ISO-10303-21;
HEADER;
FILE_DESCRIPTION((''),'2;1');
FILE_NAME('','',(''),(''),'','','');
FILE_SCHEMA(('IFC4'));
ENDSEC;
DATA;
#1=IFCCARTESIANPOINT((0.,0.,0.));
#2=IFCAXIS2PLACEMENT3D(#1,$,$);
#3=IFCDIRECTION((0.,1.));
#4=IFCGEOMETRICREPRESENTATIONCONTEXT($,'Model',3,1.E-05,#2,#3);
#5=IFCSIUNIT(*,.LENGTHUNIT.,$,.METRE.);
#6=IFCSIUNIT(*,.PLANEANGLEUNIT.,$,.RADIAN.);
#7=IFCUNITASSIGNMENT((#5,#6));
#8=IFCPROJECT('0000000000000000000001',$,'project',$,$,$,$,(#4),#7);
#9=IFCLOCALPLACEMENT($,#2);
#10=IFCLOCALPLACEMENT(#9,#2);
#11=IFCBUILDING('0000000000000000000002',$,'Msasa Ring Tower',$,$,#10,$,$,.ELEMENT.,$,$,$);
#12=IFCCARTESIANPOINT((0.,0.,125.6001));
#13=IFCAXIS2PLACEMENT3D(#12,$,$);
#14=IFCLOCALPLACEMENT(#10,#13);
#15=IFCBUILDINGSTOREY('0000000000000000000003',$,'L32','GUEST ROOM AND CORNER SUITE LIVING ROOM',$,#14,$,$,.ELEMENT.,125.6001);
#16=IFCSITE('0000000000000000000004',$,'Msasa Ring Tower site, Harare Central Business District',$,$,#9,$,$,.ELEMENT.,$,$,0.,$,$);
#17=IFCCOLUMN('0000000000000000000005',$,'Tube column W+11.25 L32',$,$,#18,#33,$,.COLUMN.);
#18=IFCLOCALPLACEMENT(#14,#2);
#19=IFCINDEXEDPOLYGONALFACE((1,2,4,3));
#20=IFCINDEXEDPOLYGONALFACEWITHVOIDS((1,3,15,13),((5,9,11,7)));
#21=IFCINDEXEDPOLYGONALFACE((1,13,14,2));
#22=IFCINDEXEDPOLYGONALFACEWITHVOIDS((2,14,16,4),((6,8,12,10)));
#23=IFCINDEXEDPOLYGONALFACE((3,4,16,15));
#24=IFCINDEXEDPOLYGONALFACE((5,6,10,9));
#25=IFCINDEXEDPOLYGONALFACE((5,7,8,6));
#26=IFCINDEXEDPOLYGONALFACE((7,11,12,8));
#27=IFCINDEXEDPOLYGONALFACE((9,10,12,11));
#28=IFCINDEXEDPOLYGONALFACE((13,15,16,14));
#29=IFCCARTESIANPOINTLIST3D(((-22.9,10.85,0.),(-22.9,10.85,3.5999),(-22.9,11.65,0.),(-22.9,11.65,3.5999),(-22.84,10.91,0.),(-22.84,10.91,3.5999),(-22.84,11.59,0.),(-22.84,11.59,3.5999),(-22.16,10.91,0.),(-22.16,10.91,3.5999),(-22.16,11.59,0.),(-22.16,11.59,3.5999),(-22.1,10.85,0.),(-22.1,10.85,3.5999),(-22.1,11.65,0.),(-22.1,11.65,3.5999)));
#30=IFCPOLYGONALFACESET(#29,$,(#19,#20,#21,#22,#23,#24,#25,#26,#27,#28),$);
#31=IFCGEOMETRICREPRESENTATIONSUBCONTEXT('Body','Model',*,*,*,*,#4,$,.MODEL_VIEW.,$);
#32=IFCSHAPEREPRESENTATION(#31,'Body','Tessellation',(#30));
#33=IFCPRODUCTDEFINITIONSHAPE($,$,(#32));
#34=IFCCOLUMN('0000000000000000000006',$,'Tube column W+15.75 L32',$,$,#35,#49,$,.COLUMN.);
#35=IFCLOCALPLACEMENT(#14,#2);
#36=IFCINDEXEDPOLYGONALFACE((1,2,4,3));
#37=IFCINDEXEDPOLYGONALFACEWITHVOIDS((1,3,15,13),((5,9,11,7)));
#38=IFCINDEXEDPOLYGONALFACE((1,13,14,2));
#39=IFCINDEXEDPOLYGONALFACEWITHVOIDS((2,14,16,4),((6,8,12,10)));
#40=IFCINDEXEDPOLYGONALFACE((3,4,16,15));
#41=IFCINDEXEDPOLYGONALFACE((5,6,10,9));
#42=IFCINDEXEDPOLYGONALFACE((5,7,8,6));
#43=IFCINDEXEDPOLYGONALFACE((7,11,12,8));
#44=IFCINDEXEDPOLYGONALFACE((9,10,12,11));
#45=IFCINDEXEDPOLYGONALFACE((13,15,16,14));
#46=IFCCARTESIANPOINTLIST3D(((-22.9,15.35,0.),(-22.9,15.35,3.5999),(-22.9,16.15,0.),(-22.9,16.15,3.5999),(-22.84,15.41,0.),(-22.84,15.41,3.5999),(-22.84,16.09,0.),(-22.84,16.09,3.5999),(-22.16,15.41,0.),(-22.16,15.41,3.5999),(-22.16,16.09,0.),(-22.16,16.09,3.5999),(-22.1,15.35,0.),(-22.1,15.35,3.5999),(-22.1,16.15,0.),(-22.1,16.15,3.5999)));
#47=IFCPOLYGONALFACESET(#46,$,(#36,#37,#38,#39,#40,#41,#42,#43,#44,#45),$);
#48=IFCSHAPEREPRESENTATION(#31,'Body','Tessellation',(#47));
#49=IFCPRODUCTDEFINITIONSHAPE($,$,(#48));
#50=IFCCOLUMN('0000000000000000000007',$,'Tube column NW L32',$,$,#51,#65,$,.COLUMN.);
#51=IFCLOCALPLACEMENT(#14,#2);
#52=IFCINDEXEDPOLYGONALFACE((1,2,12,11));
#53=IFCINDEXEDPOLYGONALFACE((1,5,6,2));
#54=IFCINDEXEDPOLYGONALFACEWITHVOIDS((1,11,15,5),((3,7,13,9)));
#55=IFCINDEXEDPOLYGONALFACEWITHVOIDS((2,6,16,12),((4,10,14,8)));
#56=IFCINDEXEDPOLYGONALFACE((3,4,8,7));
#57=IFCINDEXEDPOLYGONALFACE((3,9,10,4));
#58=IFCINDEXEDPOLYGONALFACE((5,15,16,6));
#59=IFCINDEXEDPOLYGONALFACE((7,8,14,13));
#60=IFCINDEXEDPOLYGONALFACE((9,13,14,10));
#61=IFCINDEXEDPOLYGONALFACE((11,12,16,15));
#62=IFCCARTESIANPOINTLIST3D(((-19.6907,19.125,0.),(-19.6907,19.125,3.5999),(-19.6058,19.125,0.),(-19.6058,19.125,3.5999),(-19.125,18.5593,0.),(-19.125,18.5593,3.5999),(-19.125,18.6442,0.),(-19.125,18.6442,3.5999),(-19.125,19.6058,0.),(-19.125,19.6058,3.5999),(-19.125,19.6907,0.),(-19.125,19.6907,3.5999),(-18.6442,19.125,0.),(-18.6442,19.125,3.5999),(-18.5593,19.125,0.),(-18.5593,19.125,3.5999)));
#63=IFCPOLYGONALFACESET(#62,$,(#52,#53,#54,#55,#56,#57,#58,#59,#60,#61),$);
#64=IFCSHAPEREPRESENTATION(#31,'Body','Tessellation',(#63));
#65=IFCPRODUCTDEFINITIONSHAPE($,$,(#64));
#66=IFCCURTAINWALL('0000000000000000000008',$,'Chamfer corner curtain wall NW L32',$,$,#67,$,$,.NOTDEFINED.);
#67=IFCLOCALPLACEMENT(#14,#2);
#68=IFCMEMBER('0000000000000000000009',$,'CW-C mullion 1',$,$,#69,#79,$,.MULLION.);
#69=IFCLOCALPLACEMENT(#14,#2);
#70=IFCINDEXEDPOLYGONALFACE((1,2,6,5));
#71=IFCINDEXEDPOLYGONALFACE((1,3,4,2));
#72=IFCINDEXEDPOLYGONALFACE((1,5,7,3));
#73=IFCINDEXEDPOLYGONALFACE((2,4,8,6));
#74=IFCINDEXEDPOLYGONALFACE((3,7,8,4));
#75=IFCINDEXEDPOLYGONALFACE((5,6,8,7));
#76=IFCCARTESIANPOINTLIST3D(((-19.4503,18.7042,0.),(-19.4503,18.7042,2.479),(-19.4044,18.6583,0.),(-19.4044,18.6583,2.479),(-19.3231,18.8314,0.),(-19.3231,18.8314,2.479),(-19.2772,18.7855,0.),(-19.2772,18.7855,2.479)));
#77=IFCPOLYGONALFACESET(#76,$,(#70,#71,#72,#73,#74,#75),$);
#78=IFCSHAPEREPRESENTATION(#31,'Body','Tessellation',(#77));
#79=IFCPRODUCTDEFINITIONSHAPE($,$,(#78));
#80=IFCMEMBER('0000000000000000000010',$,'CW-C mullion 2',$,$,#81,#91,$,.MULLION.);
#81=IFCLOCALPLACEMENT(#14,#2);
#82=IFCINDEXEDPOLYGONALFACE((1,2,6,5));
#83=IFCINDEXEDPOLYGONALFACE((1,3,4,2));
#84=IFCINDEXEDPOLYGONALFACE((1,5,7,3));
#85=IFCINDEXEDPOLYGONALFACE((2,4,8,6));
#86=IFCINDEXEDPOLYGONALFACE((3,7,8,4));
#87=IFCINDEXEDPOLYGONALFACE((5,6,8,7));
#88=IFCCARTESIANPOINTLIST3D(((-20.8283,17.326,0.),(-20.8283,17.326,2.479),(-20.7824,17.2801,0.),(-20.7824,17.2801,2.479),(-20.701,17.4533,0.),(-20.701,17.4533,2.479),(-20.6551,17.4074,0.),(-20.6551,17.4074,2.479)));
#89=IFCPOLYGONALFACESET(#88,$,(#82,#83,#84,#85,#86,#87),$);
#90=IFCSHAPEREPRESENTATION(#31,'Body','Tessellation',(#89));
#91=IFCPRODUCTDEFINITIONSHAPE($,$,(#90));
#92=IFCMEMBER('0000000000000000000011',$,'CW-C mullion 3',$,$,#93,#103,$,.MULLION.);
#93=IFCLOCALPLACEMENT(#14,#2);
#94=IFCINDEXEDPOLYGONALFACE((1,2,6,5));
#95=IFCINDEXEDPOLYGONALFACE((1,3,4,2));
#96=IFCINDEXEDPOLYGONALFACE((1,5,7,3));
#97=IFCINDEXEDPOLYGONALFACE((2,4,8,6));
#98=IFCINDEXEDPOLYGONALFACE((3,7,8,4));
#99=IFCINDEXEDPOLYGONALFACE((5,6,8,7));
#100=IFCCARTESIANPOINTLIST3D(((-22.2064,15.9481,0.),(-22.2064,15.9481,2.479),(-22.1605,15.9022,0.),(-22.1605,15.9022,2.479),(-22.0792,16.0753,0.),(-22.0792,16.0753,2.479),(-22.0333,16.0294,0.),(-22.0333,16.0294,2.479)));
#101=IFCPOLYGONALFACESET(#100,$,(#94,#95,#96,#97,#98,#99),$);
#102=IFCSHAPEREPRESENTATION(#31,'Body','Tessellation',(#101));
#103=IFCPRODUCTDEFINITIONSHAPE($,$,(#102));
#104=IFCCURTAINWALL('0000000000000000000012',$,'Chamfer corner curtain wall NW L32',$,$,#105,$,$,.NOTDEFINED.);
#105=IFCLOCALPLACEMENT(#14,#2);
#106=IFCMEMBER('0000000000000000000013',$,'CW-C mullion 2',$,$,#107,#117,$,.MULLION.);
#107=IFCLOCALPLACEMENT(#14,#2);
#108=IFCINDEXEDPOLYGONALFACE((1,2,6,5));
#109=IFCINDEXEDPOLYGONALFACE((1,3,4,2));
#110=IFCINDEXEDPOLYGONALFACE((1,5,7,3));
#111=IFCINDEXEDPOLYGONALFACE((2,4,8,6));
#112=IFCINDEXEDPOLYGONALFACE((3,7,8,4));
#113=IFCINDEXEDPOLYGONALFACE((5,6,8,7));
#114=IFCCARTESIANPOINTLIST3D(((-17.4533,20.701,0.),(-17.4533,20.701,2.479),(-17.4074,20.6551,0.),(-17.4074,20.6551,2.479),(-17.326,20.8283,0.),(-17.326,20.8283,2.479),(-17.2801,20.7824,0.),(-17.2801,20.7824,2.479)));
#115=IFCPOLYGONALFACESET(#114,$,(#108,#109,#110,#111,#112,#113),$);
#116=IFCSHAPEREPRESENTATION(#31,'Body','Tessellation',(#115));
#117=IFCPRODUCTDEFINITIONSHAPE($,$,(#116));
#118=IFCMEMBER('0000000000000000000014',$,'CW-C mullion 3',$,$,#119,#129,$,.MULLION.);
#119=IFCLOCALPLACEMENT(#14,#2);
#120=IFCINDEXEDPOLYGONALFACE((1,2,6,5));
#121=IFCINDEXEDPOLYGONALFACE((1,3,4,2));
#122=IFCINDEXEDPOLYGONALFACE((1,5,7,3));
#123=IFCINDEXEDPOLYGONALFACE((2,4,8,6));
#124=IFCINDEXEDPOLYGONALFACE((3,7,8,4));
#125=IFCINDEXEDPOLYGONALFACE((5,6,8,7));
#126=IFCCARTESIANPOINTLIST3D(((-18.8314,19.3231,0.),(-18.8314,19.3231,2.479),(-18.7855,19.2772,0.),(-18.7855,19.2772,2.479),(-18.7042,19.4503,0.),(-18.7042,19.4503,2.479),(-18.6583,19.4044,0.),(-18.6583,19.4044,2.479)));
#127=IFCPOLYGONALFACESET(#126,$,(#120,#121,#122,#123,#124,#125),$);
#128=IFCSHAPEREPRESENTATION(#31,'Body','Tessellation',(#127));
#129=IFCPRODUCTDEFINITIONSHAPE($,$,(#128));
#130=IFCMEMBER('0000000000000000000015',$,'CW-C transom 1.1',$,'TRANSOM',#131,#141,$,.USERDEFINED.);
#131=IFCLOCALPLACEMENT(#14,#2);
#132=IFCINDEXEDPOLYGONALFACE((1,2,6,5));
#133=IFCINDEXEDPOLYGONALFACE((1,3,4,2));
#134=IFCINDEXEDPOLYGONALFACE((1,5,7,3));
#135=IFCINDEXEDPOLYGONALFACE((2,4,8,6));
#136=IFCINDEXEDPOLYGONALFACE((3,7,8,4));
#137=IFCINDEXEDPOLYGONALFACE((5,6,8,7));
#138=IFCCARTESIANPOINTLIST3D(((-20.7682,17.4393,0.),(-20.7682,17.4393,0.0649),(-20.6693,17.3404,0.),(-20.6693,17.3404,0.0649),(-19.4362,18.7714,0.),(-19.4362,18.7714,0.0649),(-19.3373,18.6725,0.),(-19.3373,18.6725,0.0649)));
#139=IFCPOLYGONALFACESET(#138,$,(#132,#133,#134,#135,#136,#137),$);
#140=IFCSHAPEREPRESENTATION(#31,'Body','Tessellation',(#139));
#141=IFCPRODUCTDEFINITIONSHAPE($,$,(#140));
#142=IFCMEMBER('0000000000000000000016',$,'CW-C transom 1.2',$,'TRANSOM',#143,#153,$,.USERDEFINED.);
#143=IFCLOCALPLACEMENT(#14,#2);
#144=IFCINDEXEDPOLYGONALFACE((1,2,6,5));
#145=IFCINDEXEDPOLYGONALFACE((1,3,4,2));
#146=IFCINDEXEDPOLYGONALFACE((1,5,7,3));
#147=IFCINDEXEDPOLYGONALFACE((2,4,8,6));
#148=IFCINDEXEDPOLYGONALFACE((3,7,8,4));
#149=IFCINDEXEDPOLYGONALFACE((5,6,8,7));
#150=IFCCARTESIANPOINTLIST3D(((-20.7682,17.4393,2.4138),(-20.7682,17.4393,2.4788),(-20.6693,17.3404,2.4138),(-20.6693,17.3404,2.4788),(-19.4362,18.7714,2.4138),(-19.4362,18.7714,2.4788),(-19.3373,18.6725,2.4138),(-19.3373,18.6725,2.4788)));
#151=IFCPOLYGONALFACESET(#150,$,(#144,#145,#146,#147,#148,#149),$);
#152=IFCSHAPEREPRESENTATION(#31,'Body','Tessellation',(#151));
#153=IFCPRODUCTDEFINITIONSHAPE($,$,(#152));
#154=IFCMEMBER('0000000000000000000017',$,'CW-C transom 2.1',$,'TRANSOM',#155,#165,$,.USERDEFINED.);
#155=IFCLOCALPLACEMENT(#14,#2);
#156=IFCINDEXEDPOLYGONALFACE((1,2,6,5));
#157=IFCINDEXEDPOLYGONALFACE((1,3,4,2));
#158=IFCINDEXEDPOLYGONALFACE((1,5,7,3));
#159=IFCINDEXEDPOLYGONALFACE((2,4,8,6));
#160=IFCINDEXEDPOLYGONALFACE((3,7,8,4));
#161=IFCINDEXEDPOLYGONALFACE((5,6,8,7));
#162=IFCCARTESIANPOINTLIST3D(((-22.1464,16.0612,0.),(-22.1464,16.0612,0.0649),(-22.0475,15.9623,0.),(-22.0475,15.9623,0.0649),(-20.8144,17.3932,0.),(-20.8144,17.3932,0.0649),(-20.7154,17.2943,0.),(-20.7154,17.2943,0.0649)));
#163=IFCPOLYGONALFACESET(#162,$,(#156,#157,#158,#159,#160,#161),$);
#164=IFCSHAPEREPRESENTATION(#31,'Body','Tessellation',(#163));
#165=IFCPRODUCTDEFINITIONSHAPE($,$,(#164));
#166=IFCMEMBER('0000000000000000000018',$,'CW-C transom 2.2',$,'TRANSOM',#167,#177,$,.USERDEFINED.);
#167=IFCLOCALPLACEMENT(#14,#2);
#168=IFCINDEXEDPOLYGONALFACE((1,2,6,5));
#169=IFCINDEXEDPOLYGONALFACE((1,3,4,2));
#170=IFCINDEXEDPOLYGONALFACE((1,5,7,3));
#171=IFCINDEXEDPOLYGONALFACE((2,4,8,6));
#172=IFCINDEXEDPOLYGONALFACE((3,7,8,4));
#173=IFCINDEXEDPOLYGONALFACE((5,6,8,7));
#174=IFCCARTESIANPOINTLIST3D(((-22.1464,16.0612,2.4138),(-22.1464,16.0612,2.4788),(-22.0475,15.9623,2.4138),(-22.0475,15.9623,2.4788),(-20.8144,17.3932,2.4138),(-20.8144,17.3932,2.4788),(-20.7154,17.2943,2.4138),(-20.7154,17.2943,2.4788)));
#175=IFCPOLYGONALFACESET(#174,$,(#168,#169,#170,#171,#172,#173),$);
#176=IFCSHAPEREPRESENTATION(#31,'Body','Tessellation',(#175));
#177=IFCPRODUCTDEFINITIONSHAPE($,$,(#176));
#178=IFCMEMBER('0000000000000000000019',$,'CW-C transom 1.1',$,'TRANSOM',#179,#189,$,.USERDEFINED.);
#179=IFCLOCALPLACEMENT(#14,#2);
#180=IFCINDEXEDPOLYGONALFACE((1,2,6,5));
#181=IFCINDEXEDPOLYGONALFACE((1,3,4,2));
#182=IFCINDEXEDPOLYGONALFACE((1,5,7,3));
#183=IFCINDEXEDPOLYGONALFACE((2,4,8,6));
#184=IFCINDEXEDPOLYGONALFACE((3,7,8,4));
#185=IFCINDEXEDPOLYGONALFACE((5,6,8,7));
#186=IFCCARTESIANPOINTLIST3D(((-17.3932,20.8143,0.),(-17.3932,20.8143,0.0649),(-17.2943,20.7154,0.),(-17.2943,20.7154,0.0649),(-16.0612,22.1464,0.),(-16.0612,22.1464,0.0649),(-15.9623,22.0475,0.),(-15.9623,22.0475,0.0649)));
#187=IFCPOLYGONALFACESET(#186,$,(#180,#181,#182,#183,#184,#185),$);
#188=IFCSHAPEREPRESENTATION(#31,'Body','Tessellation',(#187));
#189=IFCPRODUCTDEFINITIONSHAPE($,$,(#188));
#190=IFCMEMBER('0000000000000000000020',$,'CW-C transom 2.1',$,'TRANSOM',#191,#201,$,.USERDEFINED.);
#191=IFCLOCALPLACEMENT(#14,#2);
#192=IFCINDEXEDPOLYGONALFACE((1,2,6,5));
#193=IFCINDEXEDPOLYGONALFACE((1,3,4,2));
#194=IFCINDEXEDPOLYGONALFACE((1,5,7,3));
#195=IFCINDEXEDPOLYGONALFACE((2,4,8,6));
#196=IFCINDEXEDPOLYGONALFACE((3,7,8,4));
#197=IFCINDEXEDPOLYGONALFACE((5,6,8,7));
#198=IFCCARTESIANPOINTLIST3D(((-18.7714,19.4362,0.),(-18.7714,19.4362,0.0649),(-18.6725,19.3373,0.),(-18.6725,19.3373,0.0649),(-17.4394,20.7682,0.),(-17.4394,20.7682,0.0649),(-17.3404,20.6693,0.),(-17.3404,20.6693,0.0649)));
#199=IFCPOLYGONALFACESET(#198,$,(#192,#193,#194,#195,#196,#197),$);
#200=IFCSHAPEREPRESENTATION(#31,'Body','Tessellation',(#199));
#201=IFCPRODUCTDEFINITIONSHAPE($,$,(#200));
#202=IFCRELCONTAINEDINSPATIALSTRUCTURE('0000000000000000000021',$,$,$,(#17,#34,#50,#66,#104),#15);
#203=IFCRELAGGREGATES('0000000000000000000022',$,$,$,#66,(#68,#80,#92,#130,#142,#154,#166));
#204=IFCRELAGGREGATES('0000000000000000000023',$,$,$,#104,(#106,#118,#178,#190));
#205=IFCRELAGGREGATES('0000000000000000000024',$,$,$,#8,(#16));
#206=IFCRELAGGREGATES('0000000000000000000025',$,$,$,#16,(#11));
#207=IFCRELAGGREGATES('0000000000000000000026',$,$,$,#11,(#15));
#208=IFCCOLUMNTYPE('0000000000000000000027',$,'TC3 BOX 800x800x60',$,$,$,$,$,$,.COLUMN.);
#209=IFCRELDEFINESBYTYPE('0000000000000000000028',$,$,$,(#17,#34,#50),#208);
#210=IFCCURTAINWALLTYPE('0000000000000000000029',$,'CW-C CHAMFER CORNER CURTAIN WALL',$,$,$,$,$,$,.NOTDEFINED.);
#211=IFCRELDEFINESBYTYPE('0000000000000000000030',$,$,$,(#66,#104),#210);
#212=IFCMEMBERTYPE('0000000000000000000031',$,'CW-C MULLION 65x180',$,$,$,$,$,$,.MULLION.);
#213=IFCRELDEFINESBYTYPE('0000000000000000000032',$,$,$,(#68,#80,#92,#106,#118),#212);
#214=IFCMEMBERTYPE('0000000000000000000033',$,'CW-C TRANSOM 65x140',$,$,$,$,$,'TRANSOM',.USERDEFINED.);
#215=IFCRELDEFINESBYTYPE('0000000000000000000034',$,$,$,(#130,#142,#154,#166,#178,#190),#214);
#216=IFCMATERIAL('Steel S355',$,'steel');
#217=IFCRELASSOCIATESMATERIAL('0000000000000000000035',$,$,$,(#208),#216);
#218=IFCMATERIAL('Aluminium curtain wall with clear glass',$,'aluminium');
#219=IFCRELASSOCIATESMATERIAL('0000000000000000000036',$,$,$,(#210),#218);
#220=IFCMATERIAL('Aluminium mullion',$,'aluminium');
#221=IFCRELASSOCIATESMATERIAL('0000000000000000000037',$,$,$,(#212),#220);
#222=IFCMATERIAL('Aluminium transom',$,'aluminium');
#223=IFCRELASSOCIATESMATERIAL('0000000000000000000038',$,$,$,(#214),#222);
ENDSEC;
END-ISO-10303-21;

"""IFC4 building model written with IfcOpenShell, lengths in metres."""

from ifc_helpers import new_model, si_unit, direction, frame, origin, origin_2d, place, context, subcontext, project, spatial, rectangle, hollow_rectangle, extrude, material, material_profile, profile_set, type_object, element, aggregate, save


model = new_model("IFC4")

# Units and contexts
model_context = context("Model", 3, precision=1e-05, world=origin(), true_north=direction((0.0, 1.0)))
body_context = subcontext(model_context, "Body", "Model", "MODEL_VIEW")
ifc_project = project(units=[si_unit("LENGTHUNIT", "METRE"), si_unit("PLANEANGLEUNIT", "RADIAN")], contexts=[model_context])

# Site, building, storey
site_placement = place(None, origin())
site = spatial("IfcSite", under=ifc_project, at=site_placement, Name="Msasa Ring Tower site, Harare Central Business District", CompositionType="ELEMENT", RefElevation=0.0)
building_placement = place(site_placement, origin())
building = spatial("IfcBuilding", under=site, at=building_placement, Name="Msasa Ring Tower", CompositionType="ELEMENT")
storey_placement = place(building_placement, frame((0.0, 0.0, 125.6001)))
storey = spatial("IfcBuildingStorey", under=building, at=storey_placement, Name="L32", Description="GUEST ROOM AND CORNER SUITE LIVING ROOM", CompositionType="ELEMENT", Elevation=125.6001)

# Columns
ifc_material_1 = material(Name="Steel S355", Category="steel")
ifc_material_profile_1 = material_profile(ifc_material_1, hollow_rectangle(XDim=0.8, YDim=0.8, WallThickness=0.0601, at=origin_2d()), Name="BOX 800x800x60")
ifc_profile_set_1 = profile_set([ifc_material_profile_1], Name="Steel S355")
column_type = type_object("IfcColumnType", Name="TC3 BOX 800x800x60", PredefinedType="COLUMN", material=ifc_profile_set_1)
for number, where, z_axis, x_axis, name in (
    (1, (-22.5, 11.25, 0.0), (0.0, 0.0, 1.0), (1.0, 0.0, 0.0), "Tube column W+11.25 L32"),
    (2, (-22.5, 15.75, 0.0), (0.0, 0.0, 1.0), (1.0, 0.0, 0.0), "Tube column W+15.75 L32"),
    (3, (-19.125, 19.125, 0.0), (0.0, 0.0, 1.0), (0.707107, -0.707107, 0.0), "Tube column NW L32"),
):
    element("IfcColumn", number, at=place(storey_placement, frame(where, z_axis=z_axis, x_axis=x_axis)), inside=storey, type_object=column_type, Name=name, PredefinedType="COLUMN", context=body_context, shape_type="SweptSolid", body=[
        extrude(hollow_rectangle(XDim=0.8, YDim=0.8, WallThickness=0.0601, at=origin_2d()), origin(), (0.0, 0.0, 1.0), 3.5999),
    ])

# Curtain walls, members
ifc_material_2 = material(Name="Aluminium curtain wall with clear glass", Category="aluminium")
curtain_wall_type = type_object("IfcCurtainWallType", Name="CW-C CHAMFER CORNER CURTAIN WALL", PredefinedType="NOTDEFINED", material=ifc_material_2)
curtain_wall_1_placement = place(storey_placement, origin())
curtain_wall_1 = element("IfcCurtainWall", 4, at=curtain_wall_1_placement, inside=storey, type_object=curtain_wall_type, Name="Chamfer corner curtain wall NW L32", PredefinedType="NOTDEFINED")
ifc_material_3 = material(Name="Aluminium mullion", Category="aluminium")
ifc_material_profile_2 = material_profile(ifc_material_3, rectangle(XDim=0.0649, YDim=0.1799, at=origin_2d()), Name="AL 65x180")
ifc_profile_set_2 = profile_set([ifc_material_profile_2], Name="Aluminium mullion")
member_type_1 = type_object("IfcMemberType", Name="CW-C MULLION 65x180", PredefinedType="MULLION", material=ifc_profile_set_2)
member_1_placement = place(storey_placement, frame((-19.3638, 18.7449, 0.0), z_axis=(0.0, 0.0, 1.0), x_axis=(0.707107, -0.707107, 0.0)))
member_1 = element("IfcMember", 5, at=member_1_placement, type_object=member_type_1, Name="CW-C mullion 1", PredefinedType="MULLION", context=body_context, shape_type="SweptSolid", body=[
    extrude(rectangle(XDim=0.0649, YDim=0.1799, at=origin_2d()), origin(), (0.0, 0.0, 1.0), 2.479),
])
member_2_placement = place(storey_placement, frame((-20.7417, 17.3667, 0.0), z_axis=(0.0, 0.0, 1.0), x_axis=(0.707107, -0.707107, 0.0)))
member_2 = element("IfcMember", 6, at=member_2_placement, type_object=member_type_1, Name="CW-C mullion 2", PredefinedType="MULLION", context=body_context, shape_type="SweptSolid", body=[
    extrude(rectangle(XDim=0.0649, YDim=0.1799, at=origin_2d()), origin(), (0.0, 0.0, 1.0), 2.479),
])
member_3_placement = place(storey_placement, frame((-22.1199, 15.9888, 0.0), z_axis=(0.0, 0.0, 1.0), x_axis=(0.707107, -0.707107, 0.0)))
member_3 = element("IfcMember", 7, at=member_3_placement, type_object=member_type_1, Name="CW-C mullion 3", PredefinedType="MULLION", context=body_context, shape_type="SweptSolid", body=[
    extrude(rectangle(XDim=0.0649, YDim=0.1799, at=origin_2d()), origin(), (0.0, 0.0, 1.0), 2.479),
])
curtain_wall_2_placement = place(storey_placement, origin())
curtain_wall_2 = element("IfcCurtainWall", 8, at=curtain_wall_2_placement, inside=storey, type_object=curtain_wall_type, Name="Chamfer corner curtain wall NW L32", PredefinedType="NOTDEFINED")
member_4_placement = place(storey_placement, frame((-17.3667, 20.7417, 0.0), z_axis=(0.0, 0.0, 1.0), x_axis=(0.707107, -0.707107, 0.0)))
member_4 = element("IfcMember", 9, at=member_4_placement, type_object=member_type_1, Name="CW-C mullion 2", PredefinedType="MULLION", context=body_context, shape_type="SweptSolid", body=[
    extrude(rectangle(XDim=0.0649, YDim=0.1799, at=origin_2d()), origin(), (0.0, 0.0, 1.0), 2.479),
])
member_5_placement = place(storey_placement, frame((-18.7449, 19.3638, 0.0), z_axis=(0.0, 0.0, 1.0), x_axis=(0.707107, -0.707107, 0.0)))
member_5 = element("IfcMember", 10, at=member_5_placement, type_object=member_type_1, Name="CW-C mullion 3", PredefinedType="MULLION", context=body_context, shape_type="SweptSolid", body=[
    extrude(rectangle(XDim=0.0649, YDim=0.1799, at=origin_2d()), origin(), (0.0, 0.0, 1.0), 2.479),
])

# Members
ifc_material_4 = material(Name="Aluminium transom", Category="aluminium")
ifc_material_profile_3 = material_profile(ifc_material_4, rectangle(XDim=0.1399, YDim=0.0649, at=origin_2d()), Name="AL 65x140")
ifc_profile_set_3 = profile_set([ifc_material_profile_3], Name="Aluminium transom")
member_type_2 = type_object("IfcMemberType", Name="CW-C TRANSOM 65x140", ElementType="TRANSOM", PredefinedType="USERDEFINED", material=ifc_profile_set_3)
member_6_placement = place(storey_placement, frame((-19.3867, 18.7219, 0.0325), z_axis=(-0.707107, -0.707107, 0.0), x_axis=(0.707107, -0.707107, 0.0)))
member_6 = element("IfcMember", 11, at=member_6_placement, type_object=member_type_2, Name="CW-C transom 1.1", ObjectType="TRANSOM", PredefinedType="USERDEFINED", context=body_context, shape_type="SweptSolid", body=[
    extrude(rectangle(XDim=0.1399, YDim=0.0649, at=origin_2d()), origin(), (0.0, 0.0, 1.0), 1.8838),
])
member_7_placement = place(storey_placement, frame((-19.3867, 18.7219, 2.4463), z_axis=(-0.707107, -0.707107, 0.0), x_axis=(0.707107, -0.707107, 0.0)))
member_7 = element("IfcMember", 12, at=member_7_placement, type_object=member_type_2, Name="CW-C transom 1.2", ObjectType="TRANSOM", PredefinedType="USERDEFINED", context=body_context, shape_type="SweptSolid", body=[
    extrude(rectangle(XDim=0.1399, YDim=0.0649, at=origin_2d()), origin(), (0.0, 0.0, 1.0), 1.8838),
])
member_8_placement = place(storey_placement, frame((-20.7649, 17.3438, 0.0325), z_axis=(-0.707107, -0.707107, 0.0), x_axis=(0.707107, -0.707107, 0.0)))
member_8 = element("IfcMember", 13, at=member_8_placement, type_object=member_type_2, Name="CW-C transom 2.1", ObjectType="TRANSOM", PredefinedType="USERDEFINED", context=body_context, shape_type="SweptSolid", body=[
    extrude(rectangle(XDim=0.1399, YDim=0.0649, at=origin_2d()), origin(), (0.0, 0.0, 1.0), 1.8838),
])
member_9_placement = place(storey_placement, frame((-20.7649, 17.3438, 2.4463), z_axis=(-0.707107, -0.707107, 0.0), x_axis=(0.707107, -0.707107, 0.0)))
member_9 = element("IfcMember", 14, at=member_9_placement, type_object=member_type_2, Name="CW-C transom 2.2", ObjectType="TRANSOM", PredefinedType="USERDEFINED", context=body_context, shape_type="SweptSolid", body=[
    extrude(rectangle(XDim=0.1399, YDim=0.0649, at=origin_2d()), origin(), (0.0, 0.0, 1.0), 1.8838),
])
member_10_placement = place(storey_placement, frame((-16.0117, 22.0969, 0.0325), z_axis=(-0.707107, -0.707107, 0.0), x_axis=(0.707107, -0.707107, 0.0)))
member_10 = element("IfcMember", 15, at=member_10_placement, type_object=member_type_2, Name="CW-C transom 1.1", ObjectType="TRANSOM", PredefinedType="USERDEFINED", context=body_context, shape_type="SweptSolid", body=[
    extrude(rectangle(XDim=0.1399, YDim=0.0649, at=origin_2d()), origin(), (0.0, 0.0, 1.0), 1.8838),
])
member_11_placement = place(storey_placement, frame((-17.3899, 20.7188, 0.0325), z_axis=(-0.707107, -0.707107, 0.0), x_axis=(0.707107, -0.707107, 0.0)))
member_11 = element("IfcMember", 16, at=member_11_placement, type_object=member_type_2, Name="CW-C transom 2.1", ObjectType="TRANSOM", PredefinedType="USERDEFINED", context=body_context, shape_type="SweptSolid", body=[
    extrude(rectangle(XDim=0.1399, YDim=0.0649, at=origin_2d()), origin(), (0.0, 0.0, 1.0), 1.8838),
])

aggregate(curtain_wall_1, [member_1, member_2, member_3, member_6, member_7, member_8, member_9])
aggregate(curtain_wall_2, [member_4, member_5, member_10, member_11])

save(model, "model.ifc")
